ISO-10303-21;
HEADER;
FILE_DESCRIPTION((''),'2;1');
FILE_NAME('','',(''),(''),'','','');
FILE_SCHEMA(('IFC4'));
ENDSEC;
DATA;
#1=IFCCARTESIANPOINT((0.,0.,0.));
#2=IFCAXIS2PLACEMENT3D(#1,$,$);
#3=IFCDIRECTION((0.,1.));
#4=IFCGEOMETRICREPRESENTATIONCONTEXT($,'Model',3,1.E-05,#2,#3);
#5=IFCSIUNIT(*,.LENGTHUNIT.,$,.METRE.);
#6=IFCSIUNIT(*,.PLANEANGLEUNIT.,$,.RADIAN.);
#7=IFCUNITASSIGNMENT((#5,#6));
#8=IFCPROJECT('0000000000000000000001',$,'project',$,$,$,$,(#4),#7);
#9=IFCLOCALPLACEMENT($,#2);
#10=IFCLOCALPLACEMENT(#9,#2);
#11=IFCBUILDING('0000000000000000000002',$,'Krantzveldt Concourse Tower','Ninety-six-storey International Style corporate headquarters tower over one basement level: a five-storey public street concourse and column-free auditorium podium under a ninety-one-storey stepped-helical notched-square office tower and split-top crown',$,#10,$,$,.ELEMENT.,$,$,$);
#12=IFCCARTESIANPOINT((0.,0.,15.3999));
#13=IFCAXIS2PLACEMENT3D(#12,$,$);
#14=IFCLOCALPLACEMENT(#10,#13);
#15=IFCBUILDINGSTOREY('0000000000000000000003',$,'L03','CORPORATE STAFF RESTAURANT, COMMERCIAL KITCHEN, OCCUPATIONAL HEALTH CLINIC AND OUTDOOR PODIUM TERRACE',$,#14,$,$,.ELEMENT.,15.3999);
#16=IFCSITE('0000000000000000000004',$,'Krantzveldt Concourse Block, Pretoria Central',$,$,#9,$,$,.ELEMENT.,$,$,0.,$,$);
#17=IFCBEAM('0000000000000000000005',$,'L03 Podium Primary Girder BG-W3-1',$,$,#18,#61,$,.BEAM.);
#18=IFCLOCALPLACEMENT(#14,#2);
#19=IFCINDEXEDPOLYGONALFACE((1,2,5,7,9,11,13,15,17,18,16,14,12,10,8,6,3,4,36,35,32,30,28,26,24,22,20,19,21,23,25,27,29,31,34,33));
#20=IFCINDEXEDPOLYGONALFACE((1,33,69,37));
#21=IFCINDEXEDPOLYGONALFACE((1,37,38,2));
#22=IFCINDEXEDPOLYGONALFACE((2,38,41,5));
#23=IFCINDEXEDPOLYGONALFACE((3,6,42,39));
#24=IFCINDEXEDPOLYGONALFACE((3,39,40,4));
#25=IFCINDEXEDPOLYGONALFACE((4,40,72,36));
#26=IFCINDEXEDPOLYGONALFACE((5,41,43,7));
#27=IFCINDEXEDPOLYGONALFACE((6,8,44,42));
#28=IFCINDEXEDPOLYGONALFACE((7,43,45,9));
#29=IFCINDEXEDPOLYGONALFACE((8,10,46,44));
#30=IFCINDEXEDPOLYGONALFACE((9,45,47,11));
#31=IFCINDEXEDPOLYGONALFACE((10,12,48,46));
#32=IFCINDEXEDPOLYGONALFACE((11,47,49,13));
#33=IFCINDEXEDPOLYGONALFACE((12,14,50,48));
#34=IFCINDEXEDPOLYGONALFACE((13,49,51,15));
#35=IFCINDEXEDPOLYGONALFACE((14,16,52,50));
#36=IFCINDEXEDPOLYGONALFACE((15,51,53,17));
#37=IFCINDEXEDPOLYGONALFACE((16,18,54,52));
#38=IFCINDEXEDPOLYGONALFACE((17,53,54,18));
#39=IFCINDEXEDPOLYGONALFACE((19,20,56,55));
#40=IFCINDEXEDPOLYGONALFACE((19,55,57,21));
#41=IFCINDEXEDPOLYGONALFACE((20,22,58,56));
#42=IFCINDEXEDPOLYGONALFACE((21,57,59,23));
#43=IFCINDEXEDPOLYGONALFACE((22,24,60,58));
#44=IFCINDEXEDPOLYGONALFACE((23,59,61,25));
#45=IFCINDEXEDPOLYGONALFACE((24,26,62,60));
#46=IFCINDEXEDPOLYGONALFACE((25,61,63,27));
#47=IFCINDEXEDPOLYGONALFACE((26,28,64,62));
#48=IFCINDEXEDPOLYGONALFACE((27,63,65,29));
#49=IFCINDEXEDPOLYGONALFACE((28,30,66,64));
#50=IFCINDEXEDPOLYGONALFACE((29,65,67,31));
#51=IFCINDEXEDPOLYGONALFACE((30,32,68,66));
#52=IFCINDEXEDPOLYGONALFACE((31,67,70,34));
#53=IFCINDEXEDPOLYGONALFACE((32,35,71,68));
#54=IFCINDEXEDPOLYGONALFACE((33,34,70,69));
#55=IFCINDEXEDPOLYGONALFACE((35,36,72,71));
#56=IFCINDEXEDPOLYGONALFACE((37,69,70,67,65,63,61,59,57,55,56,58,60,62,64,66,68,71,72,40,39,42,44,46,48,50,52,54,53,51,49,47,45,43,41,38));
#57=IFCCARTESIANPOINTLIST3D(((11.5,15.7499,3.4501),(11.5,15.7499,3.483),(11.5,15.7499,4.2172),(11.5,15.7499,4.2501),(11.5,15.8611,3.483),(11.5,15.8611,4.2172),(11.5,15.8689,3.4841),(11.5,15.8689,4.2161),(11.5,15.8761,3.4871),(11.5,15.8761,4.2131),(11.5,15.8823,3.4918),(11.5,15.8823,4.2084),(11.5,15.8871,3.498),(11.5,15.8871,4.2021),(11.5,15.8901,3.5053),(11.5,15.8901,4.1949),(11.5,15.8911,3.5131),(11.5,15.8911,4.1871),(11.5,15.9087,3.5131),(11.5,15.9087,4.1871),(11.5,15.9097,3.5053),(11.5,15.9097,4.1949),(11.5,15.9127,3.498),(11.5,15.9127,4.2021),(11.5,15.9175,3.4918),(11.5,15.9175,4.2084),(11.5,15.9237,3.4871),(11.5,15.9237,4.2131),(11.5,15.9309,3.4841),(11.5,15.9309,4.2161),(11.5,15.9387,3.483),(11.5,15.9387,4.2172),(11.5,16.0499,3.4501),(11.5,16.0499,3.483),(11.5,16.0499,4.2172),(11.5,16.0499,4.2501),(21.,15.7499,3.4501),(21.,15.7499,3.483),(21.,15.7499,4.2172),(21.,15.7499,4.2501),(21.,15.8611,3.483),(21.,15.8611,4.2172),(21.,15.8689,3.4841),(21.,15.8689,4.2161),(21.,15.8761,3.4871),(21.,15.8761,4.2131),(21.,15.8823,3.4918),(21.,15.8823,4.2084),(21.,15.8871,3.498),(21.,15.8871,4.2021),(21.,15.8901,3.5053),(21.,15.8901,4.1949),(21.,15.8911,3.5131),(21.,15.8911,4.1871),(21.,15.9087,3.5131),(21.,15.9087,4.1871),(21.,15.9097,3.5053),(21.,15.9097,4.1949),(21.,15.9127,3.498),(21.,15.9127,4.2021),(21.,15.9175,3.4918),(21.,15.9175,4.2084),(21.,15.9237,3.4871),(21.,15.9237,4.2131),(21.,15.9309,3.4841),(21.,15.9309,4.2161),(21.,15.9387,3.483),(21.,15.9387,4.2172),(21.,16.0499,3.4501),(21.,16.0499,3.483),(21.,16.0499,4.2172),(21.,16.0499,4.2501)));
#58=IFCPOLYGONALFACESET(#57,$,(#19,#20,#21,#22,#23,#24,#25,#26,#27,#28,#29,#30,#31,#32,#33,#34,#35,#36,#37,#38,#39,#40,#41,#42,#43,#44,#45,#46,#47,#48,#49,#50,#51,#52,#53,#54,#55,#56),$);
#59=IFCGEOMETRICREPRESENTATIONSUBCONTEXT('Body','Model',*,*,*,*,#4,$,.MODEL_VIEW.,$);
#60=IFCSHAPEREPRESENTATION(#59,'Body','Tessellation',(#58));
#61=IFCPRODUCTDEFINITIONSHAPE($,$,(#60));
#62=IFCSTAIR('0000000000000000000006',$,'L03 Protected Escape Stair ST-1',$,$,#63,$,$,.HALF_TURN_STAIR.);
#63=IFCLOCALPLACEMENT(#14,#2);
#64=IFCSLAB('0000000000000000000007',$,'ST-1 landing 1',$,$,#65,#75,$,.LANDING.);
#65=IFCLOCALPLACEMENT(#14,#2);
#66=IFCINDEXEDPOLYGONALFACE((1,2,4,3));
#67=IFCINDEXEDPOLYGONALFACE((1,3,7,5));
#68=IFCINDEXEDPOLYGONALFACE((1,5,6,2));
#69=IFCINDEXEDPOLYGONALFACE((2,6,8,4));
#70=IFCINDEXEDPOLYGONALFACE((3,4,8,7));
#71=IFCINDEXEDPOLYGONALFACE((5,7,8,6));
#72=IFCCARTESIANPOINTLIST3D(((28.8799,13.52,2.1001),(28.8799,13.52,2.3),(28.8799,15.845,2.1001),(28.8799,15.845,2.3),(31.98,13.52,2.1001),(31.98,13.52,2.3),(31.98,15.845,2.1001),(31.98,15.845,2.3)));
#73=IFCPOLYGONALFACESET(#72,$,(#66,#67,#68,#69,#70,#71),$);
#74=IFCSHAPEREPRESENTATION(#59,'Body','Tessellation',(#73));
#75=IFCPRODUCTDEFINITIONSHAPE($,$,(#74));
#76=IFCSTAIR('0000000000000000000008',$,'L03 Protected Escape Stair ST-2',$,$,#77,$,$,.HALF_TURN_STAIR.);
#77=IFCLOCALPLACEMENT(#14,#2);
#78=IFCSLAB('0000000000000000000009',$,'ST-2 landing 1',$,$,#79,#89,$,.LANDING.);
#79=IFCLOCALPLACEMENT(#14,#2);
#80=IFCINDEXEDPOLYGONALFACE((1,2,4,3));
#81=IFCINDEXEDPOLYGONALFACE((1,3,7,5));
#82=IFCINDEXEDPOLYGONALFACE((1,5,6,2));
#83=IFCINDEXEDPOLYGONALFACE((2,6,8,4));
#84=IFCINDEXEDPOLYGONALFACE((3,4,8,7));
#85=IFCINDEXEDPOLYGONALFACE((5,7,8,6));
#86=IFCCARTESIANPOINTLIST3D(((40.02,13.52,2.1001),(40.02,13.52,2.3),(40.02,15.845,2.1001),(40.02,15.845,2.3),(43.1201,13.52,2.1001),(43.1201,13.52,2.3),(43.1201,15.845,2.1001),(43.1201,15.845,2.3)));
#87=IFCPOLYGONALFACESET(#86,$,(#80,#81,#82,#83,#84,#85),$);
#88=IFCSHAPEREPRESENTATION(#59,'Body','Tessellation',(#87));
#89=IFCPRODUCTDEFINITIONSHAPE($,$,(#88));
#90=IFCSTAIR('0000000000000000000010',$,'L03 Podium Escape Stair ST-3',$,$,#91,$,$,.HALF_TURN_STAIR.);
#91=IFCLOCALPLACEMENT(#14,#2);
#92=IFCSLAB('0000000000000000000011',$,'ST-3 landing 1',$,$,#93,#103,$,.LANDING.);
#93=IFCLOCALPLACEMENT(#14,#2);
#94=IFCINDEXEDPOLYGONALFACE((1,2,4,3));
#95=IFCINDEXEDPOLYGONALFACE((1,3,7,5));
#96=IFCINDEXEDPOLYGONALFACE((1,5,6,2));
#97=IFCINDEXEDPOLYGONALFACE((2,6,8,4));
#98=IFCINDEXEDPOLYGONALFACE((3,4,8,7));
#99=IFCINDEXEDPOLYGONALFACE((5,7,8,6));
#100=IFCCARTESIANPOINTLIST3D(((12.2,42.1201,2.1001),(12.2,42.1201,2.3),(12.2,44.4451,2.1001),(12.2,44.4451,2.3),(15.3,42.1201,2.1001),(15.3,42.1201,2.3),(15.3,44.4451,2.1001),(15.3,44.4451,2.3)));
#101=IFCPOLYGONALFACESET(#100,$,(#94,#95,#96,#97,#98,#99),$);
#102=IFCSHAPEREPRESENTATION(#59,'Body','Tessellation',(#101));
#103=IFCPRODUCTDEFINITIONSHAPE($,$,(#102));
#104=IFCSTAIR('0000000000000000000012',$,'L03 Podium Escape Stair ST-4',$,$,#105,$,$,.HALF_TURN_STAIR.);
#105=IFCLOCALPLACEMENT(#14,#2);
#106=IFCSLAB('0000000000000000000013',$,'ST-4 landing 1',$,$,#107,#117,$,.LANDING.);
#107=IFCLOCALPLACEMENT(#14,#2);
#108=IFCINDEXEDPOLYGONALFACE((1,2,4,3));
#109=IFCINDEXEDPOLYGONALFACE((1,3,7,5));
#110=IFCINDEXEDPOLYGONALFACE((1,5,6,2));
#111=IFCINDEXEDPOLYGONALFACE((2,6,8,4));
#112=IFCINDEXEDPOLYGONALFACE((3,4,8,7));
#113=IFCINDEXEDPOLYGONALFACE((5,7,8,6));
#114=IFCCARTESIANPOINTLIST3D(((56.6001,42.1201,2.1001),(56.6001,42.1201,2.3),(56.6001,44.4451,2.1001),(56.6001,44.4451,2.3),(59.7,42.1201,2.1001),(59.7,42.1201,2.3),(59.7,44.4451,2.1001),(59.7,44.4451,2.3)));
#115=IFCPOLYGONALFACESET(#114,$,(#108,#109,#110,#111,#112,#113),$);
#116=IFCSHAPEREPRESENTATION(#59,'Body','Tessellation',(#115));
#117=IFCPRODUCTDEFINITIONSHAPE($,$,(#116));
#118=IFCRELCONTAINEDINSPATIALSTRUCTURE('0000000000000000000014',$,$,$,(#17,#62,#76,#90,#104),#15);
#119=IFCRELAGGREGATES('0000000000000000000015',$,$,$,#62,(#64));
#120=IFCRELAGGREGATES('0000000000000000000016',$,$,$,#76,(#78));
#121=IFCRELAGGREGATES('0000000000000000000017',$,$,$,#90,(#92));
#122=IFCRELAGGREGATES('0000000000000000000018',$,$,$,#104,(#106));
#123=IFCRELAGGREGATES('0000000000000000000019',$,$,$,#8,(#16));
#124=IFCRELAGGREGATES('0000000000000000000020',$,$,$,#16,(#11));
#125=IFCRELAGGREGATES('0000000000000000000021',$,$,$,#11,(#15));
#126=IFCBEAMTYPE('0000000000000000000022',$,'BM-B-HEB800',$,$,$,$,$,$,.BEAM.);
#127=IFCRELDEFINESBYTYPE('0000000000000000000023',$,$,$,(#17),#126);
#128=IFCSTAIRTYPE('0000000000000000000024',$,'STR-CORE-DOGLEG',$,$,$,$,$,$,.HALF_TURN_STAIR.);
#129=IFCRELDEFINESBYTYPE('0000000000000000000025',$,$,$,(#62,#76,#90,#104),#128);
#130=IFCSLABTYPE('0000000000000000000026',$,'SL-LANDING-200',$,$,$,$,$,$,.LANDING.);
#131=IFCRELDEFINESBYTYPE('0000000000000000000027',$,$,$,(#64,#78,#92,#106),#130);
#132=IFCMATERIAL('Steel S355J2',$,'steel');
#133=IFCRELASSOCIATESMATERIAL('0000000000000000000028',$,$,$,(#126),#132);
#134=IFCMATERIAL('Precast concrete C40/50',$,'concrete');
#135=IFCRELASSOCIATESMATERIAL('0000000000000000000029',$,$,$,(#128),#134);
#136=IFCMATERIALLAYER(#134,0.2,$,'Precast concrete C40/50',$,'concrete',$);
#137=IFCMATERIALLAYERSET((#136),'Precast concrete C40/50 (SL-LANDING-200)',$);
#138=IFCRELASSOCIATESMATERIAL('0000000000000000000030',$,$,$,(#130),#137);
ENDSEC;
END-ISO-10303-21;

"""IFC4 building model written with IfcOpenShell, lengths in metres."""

from ifc_helpers import new_model, si_unit, direction, frame, origin, origin_2d, place, context, subcontext, project, spatial, polyline, i_section, outline, extrude, source, transform, mapped, material, layer, layer_set, material_profile, profile_set, type_object, type_shapes, element, aggregate, save


model = new_model("IFC4")

# Units and contexts
model_context = context("Model", 3, precision=1e-05, world=origin(), true_north=direction((0.0, 1.0)))
body_context = subcontext(model_context, "Body", "Model", "MODEL_VIEW")
ifc_project = project(units=[si_unit("LENGTHUNIT", "METRE"), si_unit("PLANEANGLEUNIT", "RADIAN")], contexts=[model_context])

# Site, building, storey
site_placement = place(None, origin())
site = spatial("IfcSite", under=ifc_project, at=site_placement, Name="Krantzveldt Concourse Block, Pretoria Central", CompositionType="ELEMENT", RefElevation=0.0)
building_placement = place(site_placement, origin())
building = spatial("IfcBuilding", under=site, at=building_placement, Name="Krantzveldt Concourse Tower", Description="Ninety-six-storey International Style corporate headquarters tower over one basement level: a five-storey public street concourse and column-free auditorium podium under a ninety-one-storey stepped-helical notched-square office tower and split-top crown", CompositionType="ELEMENT")
storey_placement = place(building_placement, frame((0.0, 0.0, 15.3999)))
storey = spatial("IfcBuildingStorey", under=building, at=storey_placement, Name="L03", Description="CORPORATE STAFF RESTAURANT, COMMERCIAL KITCHEN, OCCUPATIONAL HEALTH CLINIC AND OUTDOOR PODIUM TERRACE", CompositionType="ELEMENT", Elevation=15.3999)

# Beam
ifc_material_1 = material(Name="Steel S355J2", Category="steel")
ifc_material_profile_1 = material_profile(ifc_material_1, i_section(OverallWidth=0.3, OverallDepth=0.8, WebThickness=0.0176, FlangeThickness=0.033, FilletRadius=0.03, at=origin_2d()), Name="Steel S355J2", Category="steel")
ifc_profile_set_1 = profile_set([ifc_material_profile_1], Name="Steel S355J2 - HEB 800")
beam_type_1 = type_object("IfcBeamType", Name="BM-B-HEB800", PredefinedType="BEAM", material=ifc_profile_set_1)
shared_shape_1 = source(origin(), body_context, "Body", "SweptSolid", [
    extrude(i_section(OverallWidth=0.3, OverallDepth=0.8, WebThickness=0.0176, FlangeThickness=0.033, FilletRadius=0.03, at=origin_2d()), origin(), (0.0, 0.0, 1.0), 9.5),
])
type_shapes(beam_type_1, [shared_shape_1])
beam_1_placement = place(storey_placement, frame((11.5, 15.8999, 3.8501), z_axis=(1.0, 0.0, 0.0), x_axis=(0.0, 1.0, 0.0)))
element("IfcBeam", 1, at=beam_1_placement, inside=storey, type_object=beam_type_1, Name="L03 Podium Primary Girder BG-W3-1", PredefinedType="BEAM", context=body_context, shape_type="MappedRepresentation", body=[
    mapped(shared_shape_1, transform((0.0, 0.0, 0.0), x_axis=(1.0, 0.0, 0.0), y_axis=(0.0, 1.0, 0.0), z_axis=(0.0, 0.0, 1.0), scale=1.0)),
])

# Stairs, slabs
ifc_material_2 = material(Name="Precast concrete C40/50", Category="concrete")
stair_type = type_object("IfcStairType", Name="STR-CORE-DOGLEG", PredefinedType="HALF_TURN_STAIR", material=ifc_material_2)
stair_1_placement = place(storey_placement, origin())
stair_1 = element("IfcStair", 2, at=stair_1_placement, inside=storey, type_object=stair_type, Name="L03 Protected Escape Stair ST-1", PredefinedType="HALF_TURN_STAIR")
ifc_layer_1 = layer(ifc_material_2, 0.2, Name="Precast concrete C40/50", Category="concrete")
ifc_layer_set_1 = layer_set([ifc_layer_1], Name="Precast concrete C40/50 (SL-LANDING-200)")
slab_type_1 = type_object("IfcSlabType", Name="SL-LANDING-200", PredefinedType="LANDING", material=ifc_layer_set_1)
slab_1_placement = place(storey_placement, frame((0.0, 0.0, 2.1001)))
slab_1 = element("IfcSlab", 3, at=slab_1_placement, type_object=slab_type_1, Name="ST-1 landing 1", PredefinedType="LANDING", context=body_context, shape_type="SweptSolid", body=[
    extrude(outline(polyline([(28.8799, 15.845), (28.8799, 13.52), (31.98, 13.52), (31.98, 15.845), (28.8799, 15.845)])), origin(), (0.0, 0.0, 1.0), 0.2),
])
aggregate(stair_1, [slab_1])
stair_2_placement = place(storey_placement, origin())
stair_2 = element("IfcStair", 4, at=stair_2_placement, inside=storey, type_object=stair_type, Name="L03 Protected Escape Stair ST-2", PredefinedType="HALF_TURN_STAIR")
slab_2_placement = place(storey_placement, frame((0.0, 0.0, 2.1001)))
slab_2 = element("IfcSlab", 5, at=slab_2_placement, type_object=slab_type_1, Name="ST-2 landing 1", PredefinedType="LANDING", context=body_context, shape_type="SweptSolid", body=[
    extrude(outline(polyline([(40.02, 15.845), (40.02, 13.52), (43.1201, 13.52), (43.1201, 15.845), (40.02, 15.845)])), origin(), (0.0, 0.0, 1.0), 0.2),
])
aggregate(stair_2, [slab_2])
stair_3_placement = place(storey_placement, origin())
stair_3 = element("IfcStair", 6, at=stair_3_placement, inside=storey, type_object=stair_type, Name="L03 Podium Escape Stair ST-3", PredefinedType="HALF_TURN_STAIR")
slab_3_placement = place(storey_placement, frame((0.0, 0.0, 2.1001)))
slab_3 = element("IfcSlab", 7, at=slab_3_placement, type_object=slab_type_1, Name="ST-3 landing 1", PredefinedType="LANDING", context=body_context, shape_type="SweptSolid", body=[
    extrude(outline(polyline([(12.2, 44.4451), (12.2, 42.1201), (15.3, 42.1201), (15.3, 44.4451), (12.2, 44.4451)])), origin(), (0.0, 0.0, 1.0), 0.2),
])
aggregate(stair_3, [slab_3])
stair_4_placement = place(storey_placement, origin())
stair_4 = element("IfcStair", 8, at=stair_4_placement, inside=storey, type_object=stair_type, Name="L03 Podium Escape Stair ST-4", PredefinedType="HALF_TURN_STAIR")
slab_4_placement = place(storey_placement, frame((0.0, 0.0, 2.1001)))
slab_4 = element("IfcSlab", 9, at=slab_4_placement, type_object=slab_type_1, Name="ST-4 landing 1", PredefinedType="LANDING", context=body_context, shape_type="SweptSolid", body=[
    extrude(outline(polyline([(56.6001, 44.4451), (56.6001, 42.1201), (59.7, 42.1201), (59.7, 44.4451), (56.6001, 44.4451)])), origin(), (0.0, 0.0, 1.0), 0.2),
])
aggregate(stair_4, [slab_4])

save(model, "model.ifc")
